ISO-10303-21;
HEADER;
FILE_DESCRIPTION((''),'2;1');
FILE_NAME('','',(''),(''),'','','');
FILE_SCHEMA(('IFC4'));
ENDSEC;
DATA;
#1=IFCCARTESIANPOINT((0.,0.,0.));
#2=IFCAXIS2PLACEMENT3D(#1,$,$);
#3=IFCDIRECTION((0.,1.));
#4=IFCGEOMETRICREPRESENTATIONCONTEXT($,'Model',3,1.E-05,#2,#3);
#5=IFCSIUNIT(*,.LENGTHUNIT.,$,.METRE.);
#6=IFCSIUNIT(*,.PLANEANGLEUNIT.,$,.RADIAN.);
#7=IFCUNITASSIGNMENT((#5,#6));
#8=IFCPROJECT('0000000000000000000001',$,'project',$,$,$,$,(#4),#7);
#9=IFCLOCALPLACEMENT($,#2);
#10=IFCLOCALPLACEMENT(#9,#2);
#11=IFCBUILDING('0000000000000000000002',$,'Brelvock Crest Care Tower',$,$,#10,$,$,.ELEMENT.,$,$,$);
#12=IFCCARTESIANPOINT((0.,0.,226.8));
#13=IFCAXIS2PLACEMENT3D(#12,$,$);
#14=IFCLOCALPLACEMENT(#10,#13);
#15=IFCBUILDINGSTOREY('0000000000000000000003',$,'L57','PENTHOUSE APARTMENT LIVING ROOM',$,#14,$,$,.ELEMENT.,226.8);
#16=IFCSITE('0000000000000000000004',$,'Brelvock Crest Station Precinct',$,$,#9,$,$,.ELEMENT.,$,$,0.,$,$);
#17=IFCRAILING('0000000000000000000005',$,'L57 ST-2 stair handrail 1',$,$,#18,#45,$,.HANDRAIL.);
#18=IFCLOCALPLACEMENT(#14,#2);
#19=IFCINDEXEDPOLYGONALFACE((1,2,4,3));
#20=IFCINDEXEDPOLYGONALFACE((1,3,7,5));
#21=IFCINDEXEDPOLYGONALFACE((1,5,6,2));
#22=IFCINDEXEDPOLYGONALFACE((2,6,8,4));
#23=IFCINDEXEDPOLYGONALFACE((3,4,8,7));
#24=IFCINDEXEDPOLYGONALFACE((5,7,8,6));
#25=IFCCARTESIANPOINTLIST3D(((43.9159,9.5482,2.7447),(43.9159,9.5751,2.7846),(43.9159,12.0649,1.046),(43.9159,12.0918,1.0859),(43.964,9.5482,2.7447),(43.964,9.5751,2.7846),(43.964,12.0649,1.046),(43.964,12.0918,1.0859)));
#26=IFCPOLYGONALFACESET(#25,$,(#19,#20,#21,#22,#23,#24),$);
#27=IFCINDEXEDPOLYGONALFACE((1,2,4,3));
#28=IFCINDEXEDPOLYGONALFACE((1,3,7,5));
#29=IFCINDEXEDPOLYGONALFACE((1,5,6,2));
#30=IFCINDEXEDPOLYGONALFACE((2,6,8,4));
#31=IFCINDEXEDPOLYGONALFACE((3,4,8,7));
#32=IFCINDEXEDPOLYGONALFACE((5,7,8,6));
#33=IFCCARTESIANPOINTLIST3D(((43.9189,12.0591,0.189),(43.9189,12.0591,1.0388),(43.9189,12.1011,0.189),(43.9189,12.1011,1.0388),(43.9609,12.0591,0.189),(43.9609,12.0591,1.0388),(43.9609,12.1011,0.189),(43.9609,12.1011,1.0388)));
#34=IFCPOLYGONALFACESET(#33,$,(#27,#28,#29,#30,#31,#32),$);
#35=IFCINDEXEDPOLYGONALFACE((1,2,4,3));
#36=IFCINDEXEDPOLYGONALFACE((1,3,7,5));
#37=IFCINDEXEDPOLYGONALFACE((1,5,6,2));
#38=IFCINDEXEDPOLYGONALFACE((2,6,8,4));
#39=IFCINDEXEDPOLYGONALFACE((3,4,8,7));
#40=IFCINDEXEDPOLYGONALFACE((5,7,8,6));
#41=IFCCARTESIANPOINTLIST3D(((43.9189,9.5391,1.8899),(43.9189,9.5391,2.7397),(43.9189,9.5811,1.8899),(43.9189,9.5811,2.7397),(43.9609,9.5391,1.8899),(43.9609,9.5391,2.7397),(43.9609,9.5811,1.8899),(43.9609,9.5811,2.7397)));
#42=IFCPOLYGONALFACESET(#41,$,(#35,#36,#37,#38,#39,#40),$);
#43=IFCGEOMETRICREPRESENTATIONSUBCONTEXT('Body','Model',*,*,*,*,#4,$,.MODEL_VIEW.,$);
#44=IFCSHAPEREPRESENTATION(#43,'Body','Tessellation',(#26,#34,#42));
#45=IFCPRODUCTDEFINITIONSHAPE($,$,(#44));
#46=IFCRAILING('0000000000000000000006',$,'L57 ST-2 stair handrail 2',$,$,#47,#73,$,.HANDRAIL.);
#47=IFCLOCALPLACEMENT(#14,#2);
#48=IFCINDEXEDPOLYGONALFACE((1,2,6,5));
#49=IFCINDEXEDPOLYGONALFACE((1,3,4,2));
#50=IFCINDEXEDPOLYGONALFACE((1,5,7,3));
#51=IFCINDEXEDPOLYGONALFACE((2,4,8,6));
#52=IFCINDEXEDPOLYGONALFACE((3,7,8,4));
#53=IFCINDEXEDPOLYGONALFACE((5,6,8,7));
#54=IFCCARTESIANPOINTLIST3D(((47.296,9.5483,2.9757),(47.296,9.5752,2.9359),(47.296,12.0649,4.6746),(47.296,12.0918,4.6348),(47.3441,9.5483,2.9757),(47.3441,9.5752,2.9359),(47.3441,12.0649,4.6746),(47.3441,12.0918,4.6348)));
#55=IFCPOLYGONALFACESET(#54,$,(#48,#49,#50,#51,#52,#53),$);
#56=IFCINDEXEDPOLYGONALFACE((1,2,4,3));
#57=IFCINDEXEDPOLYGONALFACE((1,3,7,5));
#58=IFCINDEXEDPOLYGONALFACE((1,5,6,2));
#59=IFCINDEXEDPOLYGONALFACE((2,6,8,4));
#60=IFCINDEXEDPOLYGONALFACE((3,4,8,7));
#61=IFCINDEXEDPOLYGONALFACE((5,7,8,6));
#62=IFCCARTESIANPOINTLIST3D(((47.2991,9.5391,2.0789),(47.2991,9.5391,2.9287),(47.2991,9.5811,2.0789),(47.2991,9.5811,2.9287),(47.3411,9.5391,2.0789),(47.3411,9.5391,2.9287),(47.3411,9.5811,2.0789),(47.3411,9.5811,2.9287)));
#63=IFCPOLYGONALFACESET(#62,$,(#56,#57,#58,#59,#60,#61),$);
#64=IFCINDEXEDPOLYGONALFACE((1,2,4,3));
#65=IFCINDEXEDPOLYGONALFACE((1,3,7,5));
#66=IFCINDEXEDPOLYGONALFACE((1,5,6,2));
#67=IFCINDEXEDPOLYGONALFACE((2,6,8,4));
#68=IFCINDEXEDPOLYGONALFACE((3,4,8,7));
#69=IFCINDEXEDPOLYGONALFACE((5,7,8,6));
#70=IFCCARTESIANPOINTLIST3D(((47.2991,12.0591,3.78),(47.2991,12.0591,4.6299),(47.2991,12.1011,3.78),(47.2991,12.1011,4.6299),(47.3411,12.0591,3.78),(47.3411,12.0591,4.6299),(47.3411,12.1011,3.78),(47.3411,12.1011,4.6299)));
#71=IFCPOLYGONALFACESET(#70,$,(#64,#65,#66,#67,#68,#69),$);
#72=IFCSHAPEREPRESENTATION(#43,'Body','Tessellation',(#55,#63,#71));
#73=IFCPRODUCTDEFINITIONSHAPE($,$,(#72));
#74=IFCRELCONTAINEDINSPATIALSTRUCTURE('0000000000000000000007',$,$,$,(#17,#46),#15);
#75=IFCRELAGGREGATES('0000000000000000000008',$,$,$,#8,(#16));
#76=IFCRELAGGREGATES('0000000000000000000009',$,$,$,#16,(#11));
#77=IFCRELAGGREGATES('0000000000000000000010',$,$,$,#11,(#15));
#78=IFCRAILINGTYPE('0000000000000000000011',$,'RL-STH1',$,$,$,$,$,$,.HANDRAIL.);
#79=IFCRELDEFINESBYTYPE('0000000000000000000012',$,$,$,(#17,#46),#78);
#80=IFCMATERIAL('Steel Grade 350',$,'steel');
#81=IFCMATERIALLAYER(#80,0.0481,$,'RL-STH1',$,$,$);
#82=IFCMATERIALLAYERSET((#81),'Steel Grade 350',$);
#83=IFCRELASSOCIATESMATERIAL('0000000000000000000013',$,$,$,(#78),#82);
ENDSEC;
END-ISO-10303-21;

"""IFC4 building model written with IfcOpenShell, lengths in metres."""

from ifc_helpers import new_model, si_unit, direction, frame, origin, origin_2d, place, context, subcontext, project, spatial, rectangle, extrude, material, layer, layer_set, type_object, element, save


model = new_model("IFC4")

# Units and contexts
model_context = context("Model", 3, precision=1e-05, world=origin(), true_north=direction((0.0, 1.0)))
body_context = subcontext(model_context, "Body", "Model", "MODEL_VIEW")
ifc_project = project(units=[si_unit("LENGTHUNIT", "METRE"), si_unit("PLANEANGLEUNIT", "RADIAN")], contexts=[model_context])

# Site, building, storey
site_placement = place(None, origin())
site = spatial("IfcSite", under=ifc_project, at=site_placement, Name="Brelvock Crest Station Precinct", CompositionType="ELEMENT", RefElevation=0.0)
building_placement = place(site_placement, origin())
building = spatial("IfcBuilding", under=site, at=building_placement, Name="Brelvock Crest Care Tower", CompositionType="ELEMENT")
storey_placement = place(building_placement, frame((0.0, 0.0, 226.8)))
storey = spatial("IfcBuildingStorey", under=building, at=storey_placement, Name="L57", Description="PENTHOUSE APARTMENT LIVING ROOM", CompositionType="ELEMENT", Elevation=226.8)

# Shared definitions
ifc_material_1 = material(Name="Steel Grade 350", Category="steel")

# Railings
ifc_layer_1 = layer(ifc_material_1, 0.0481, Name="RL-STH1")
ifc_layer_set_1 = layer_set([ifc_layer_1], Name="Steel Grade 350")
railing_type_1 = type_object("IfcRailingType", Name="RL-STH1", PredefinedType="HANDRAIL", material=ifc_layer_set_1)
railing_1_placement = place(storey_placement, frame((43.9399, 12.0801, 0.189)))
element("IfcRailing", 1, at=railing_1_placement, inside=storey, type_object=railing_type_1, Name="L57 ST-2 stair handrail 1", PredefinedType="HANDRAIL", context=body_context, shape_type="SweptSolid", body=[
    extrude(rectangle(XDim=0.0481, YDim=0.0481, at=origin_2d()), frame((0.0, -0.0017, 0.877), z_axis=(0.0, -0.828862, 0.559454), x_axis=(1.0, 0.0, 0.0)), (0.0, 0.0, 1.0), 3.0364),
    extrude(rectangle(XDim=0.042, YDim=0.042, at=origin_2d()), origin(), (0.0, 0.0, 1.0), 0.8499),
    extrude(rectangle(XDim=0.042, YDim=0.042, at=origin_2d()), frame((0.0, -2.52, 1.7009)), (0.0, 0.0, 1.0), 0.8499),
])
railing_2_placement = place(storey_placement, frame((47.3201, 9.5601, 2.0789)))
element("IfcRailing", 2, at=railing_2_placement, inside=storey, type_object=railing_type_1, Name="L57 ST-2 stair handrail 2", PredefinedType="HANDRAIL", context=body_context, shape_type="SweptSolid", body=[
    extrude(rectangle(XDim=0.0481, YDim=0.0481, at=origin_2d()), frame((0.0, 0.0017, 0.877), z_axis=(0.0, 0.828824, 0.559509), x_axis=(-1.0, 0.0, 0.0)), (0.0, 0.0, 1.0), 3.0364),
    extrude(rectangle(XDim=0.042, YDim=0.042, at=origin_2d()), origin(), (0.0, 0.0, 1.0), 0.8499),
    extrude(rectangle(XDim=0.042, YDim=0.042, at=origin_2d()), frame((0.0, 2.52, 1.7012)), (0.0, 0.0, 1.0), 0.8499),
])

save(model, "model.ifc")
